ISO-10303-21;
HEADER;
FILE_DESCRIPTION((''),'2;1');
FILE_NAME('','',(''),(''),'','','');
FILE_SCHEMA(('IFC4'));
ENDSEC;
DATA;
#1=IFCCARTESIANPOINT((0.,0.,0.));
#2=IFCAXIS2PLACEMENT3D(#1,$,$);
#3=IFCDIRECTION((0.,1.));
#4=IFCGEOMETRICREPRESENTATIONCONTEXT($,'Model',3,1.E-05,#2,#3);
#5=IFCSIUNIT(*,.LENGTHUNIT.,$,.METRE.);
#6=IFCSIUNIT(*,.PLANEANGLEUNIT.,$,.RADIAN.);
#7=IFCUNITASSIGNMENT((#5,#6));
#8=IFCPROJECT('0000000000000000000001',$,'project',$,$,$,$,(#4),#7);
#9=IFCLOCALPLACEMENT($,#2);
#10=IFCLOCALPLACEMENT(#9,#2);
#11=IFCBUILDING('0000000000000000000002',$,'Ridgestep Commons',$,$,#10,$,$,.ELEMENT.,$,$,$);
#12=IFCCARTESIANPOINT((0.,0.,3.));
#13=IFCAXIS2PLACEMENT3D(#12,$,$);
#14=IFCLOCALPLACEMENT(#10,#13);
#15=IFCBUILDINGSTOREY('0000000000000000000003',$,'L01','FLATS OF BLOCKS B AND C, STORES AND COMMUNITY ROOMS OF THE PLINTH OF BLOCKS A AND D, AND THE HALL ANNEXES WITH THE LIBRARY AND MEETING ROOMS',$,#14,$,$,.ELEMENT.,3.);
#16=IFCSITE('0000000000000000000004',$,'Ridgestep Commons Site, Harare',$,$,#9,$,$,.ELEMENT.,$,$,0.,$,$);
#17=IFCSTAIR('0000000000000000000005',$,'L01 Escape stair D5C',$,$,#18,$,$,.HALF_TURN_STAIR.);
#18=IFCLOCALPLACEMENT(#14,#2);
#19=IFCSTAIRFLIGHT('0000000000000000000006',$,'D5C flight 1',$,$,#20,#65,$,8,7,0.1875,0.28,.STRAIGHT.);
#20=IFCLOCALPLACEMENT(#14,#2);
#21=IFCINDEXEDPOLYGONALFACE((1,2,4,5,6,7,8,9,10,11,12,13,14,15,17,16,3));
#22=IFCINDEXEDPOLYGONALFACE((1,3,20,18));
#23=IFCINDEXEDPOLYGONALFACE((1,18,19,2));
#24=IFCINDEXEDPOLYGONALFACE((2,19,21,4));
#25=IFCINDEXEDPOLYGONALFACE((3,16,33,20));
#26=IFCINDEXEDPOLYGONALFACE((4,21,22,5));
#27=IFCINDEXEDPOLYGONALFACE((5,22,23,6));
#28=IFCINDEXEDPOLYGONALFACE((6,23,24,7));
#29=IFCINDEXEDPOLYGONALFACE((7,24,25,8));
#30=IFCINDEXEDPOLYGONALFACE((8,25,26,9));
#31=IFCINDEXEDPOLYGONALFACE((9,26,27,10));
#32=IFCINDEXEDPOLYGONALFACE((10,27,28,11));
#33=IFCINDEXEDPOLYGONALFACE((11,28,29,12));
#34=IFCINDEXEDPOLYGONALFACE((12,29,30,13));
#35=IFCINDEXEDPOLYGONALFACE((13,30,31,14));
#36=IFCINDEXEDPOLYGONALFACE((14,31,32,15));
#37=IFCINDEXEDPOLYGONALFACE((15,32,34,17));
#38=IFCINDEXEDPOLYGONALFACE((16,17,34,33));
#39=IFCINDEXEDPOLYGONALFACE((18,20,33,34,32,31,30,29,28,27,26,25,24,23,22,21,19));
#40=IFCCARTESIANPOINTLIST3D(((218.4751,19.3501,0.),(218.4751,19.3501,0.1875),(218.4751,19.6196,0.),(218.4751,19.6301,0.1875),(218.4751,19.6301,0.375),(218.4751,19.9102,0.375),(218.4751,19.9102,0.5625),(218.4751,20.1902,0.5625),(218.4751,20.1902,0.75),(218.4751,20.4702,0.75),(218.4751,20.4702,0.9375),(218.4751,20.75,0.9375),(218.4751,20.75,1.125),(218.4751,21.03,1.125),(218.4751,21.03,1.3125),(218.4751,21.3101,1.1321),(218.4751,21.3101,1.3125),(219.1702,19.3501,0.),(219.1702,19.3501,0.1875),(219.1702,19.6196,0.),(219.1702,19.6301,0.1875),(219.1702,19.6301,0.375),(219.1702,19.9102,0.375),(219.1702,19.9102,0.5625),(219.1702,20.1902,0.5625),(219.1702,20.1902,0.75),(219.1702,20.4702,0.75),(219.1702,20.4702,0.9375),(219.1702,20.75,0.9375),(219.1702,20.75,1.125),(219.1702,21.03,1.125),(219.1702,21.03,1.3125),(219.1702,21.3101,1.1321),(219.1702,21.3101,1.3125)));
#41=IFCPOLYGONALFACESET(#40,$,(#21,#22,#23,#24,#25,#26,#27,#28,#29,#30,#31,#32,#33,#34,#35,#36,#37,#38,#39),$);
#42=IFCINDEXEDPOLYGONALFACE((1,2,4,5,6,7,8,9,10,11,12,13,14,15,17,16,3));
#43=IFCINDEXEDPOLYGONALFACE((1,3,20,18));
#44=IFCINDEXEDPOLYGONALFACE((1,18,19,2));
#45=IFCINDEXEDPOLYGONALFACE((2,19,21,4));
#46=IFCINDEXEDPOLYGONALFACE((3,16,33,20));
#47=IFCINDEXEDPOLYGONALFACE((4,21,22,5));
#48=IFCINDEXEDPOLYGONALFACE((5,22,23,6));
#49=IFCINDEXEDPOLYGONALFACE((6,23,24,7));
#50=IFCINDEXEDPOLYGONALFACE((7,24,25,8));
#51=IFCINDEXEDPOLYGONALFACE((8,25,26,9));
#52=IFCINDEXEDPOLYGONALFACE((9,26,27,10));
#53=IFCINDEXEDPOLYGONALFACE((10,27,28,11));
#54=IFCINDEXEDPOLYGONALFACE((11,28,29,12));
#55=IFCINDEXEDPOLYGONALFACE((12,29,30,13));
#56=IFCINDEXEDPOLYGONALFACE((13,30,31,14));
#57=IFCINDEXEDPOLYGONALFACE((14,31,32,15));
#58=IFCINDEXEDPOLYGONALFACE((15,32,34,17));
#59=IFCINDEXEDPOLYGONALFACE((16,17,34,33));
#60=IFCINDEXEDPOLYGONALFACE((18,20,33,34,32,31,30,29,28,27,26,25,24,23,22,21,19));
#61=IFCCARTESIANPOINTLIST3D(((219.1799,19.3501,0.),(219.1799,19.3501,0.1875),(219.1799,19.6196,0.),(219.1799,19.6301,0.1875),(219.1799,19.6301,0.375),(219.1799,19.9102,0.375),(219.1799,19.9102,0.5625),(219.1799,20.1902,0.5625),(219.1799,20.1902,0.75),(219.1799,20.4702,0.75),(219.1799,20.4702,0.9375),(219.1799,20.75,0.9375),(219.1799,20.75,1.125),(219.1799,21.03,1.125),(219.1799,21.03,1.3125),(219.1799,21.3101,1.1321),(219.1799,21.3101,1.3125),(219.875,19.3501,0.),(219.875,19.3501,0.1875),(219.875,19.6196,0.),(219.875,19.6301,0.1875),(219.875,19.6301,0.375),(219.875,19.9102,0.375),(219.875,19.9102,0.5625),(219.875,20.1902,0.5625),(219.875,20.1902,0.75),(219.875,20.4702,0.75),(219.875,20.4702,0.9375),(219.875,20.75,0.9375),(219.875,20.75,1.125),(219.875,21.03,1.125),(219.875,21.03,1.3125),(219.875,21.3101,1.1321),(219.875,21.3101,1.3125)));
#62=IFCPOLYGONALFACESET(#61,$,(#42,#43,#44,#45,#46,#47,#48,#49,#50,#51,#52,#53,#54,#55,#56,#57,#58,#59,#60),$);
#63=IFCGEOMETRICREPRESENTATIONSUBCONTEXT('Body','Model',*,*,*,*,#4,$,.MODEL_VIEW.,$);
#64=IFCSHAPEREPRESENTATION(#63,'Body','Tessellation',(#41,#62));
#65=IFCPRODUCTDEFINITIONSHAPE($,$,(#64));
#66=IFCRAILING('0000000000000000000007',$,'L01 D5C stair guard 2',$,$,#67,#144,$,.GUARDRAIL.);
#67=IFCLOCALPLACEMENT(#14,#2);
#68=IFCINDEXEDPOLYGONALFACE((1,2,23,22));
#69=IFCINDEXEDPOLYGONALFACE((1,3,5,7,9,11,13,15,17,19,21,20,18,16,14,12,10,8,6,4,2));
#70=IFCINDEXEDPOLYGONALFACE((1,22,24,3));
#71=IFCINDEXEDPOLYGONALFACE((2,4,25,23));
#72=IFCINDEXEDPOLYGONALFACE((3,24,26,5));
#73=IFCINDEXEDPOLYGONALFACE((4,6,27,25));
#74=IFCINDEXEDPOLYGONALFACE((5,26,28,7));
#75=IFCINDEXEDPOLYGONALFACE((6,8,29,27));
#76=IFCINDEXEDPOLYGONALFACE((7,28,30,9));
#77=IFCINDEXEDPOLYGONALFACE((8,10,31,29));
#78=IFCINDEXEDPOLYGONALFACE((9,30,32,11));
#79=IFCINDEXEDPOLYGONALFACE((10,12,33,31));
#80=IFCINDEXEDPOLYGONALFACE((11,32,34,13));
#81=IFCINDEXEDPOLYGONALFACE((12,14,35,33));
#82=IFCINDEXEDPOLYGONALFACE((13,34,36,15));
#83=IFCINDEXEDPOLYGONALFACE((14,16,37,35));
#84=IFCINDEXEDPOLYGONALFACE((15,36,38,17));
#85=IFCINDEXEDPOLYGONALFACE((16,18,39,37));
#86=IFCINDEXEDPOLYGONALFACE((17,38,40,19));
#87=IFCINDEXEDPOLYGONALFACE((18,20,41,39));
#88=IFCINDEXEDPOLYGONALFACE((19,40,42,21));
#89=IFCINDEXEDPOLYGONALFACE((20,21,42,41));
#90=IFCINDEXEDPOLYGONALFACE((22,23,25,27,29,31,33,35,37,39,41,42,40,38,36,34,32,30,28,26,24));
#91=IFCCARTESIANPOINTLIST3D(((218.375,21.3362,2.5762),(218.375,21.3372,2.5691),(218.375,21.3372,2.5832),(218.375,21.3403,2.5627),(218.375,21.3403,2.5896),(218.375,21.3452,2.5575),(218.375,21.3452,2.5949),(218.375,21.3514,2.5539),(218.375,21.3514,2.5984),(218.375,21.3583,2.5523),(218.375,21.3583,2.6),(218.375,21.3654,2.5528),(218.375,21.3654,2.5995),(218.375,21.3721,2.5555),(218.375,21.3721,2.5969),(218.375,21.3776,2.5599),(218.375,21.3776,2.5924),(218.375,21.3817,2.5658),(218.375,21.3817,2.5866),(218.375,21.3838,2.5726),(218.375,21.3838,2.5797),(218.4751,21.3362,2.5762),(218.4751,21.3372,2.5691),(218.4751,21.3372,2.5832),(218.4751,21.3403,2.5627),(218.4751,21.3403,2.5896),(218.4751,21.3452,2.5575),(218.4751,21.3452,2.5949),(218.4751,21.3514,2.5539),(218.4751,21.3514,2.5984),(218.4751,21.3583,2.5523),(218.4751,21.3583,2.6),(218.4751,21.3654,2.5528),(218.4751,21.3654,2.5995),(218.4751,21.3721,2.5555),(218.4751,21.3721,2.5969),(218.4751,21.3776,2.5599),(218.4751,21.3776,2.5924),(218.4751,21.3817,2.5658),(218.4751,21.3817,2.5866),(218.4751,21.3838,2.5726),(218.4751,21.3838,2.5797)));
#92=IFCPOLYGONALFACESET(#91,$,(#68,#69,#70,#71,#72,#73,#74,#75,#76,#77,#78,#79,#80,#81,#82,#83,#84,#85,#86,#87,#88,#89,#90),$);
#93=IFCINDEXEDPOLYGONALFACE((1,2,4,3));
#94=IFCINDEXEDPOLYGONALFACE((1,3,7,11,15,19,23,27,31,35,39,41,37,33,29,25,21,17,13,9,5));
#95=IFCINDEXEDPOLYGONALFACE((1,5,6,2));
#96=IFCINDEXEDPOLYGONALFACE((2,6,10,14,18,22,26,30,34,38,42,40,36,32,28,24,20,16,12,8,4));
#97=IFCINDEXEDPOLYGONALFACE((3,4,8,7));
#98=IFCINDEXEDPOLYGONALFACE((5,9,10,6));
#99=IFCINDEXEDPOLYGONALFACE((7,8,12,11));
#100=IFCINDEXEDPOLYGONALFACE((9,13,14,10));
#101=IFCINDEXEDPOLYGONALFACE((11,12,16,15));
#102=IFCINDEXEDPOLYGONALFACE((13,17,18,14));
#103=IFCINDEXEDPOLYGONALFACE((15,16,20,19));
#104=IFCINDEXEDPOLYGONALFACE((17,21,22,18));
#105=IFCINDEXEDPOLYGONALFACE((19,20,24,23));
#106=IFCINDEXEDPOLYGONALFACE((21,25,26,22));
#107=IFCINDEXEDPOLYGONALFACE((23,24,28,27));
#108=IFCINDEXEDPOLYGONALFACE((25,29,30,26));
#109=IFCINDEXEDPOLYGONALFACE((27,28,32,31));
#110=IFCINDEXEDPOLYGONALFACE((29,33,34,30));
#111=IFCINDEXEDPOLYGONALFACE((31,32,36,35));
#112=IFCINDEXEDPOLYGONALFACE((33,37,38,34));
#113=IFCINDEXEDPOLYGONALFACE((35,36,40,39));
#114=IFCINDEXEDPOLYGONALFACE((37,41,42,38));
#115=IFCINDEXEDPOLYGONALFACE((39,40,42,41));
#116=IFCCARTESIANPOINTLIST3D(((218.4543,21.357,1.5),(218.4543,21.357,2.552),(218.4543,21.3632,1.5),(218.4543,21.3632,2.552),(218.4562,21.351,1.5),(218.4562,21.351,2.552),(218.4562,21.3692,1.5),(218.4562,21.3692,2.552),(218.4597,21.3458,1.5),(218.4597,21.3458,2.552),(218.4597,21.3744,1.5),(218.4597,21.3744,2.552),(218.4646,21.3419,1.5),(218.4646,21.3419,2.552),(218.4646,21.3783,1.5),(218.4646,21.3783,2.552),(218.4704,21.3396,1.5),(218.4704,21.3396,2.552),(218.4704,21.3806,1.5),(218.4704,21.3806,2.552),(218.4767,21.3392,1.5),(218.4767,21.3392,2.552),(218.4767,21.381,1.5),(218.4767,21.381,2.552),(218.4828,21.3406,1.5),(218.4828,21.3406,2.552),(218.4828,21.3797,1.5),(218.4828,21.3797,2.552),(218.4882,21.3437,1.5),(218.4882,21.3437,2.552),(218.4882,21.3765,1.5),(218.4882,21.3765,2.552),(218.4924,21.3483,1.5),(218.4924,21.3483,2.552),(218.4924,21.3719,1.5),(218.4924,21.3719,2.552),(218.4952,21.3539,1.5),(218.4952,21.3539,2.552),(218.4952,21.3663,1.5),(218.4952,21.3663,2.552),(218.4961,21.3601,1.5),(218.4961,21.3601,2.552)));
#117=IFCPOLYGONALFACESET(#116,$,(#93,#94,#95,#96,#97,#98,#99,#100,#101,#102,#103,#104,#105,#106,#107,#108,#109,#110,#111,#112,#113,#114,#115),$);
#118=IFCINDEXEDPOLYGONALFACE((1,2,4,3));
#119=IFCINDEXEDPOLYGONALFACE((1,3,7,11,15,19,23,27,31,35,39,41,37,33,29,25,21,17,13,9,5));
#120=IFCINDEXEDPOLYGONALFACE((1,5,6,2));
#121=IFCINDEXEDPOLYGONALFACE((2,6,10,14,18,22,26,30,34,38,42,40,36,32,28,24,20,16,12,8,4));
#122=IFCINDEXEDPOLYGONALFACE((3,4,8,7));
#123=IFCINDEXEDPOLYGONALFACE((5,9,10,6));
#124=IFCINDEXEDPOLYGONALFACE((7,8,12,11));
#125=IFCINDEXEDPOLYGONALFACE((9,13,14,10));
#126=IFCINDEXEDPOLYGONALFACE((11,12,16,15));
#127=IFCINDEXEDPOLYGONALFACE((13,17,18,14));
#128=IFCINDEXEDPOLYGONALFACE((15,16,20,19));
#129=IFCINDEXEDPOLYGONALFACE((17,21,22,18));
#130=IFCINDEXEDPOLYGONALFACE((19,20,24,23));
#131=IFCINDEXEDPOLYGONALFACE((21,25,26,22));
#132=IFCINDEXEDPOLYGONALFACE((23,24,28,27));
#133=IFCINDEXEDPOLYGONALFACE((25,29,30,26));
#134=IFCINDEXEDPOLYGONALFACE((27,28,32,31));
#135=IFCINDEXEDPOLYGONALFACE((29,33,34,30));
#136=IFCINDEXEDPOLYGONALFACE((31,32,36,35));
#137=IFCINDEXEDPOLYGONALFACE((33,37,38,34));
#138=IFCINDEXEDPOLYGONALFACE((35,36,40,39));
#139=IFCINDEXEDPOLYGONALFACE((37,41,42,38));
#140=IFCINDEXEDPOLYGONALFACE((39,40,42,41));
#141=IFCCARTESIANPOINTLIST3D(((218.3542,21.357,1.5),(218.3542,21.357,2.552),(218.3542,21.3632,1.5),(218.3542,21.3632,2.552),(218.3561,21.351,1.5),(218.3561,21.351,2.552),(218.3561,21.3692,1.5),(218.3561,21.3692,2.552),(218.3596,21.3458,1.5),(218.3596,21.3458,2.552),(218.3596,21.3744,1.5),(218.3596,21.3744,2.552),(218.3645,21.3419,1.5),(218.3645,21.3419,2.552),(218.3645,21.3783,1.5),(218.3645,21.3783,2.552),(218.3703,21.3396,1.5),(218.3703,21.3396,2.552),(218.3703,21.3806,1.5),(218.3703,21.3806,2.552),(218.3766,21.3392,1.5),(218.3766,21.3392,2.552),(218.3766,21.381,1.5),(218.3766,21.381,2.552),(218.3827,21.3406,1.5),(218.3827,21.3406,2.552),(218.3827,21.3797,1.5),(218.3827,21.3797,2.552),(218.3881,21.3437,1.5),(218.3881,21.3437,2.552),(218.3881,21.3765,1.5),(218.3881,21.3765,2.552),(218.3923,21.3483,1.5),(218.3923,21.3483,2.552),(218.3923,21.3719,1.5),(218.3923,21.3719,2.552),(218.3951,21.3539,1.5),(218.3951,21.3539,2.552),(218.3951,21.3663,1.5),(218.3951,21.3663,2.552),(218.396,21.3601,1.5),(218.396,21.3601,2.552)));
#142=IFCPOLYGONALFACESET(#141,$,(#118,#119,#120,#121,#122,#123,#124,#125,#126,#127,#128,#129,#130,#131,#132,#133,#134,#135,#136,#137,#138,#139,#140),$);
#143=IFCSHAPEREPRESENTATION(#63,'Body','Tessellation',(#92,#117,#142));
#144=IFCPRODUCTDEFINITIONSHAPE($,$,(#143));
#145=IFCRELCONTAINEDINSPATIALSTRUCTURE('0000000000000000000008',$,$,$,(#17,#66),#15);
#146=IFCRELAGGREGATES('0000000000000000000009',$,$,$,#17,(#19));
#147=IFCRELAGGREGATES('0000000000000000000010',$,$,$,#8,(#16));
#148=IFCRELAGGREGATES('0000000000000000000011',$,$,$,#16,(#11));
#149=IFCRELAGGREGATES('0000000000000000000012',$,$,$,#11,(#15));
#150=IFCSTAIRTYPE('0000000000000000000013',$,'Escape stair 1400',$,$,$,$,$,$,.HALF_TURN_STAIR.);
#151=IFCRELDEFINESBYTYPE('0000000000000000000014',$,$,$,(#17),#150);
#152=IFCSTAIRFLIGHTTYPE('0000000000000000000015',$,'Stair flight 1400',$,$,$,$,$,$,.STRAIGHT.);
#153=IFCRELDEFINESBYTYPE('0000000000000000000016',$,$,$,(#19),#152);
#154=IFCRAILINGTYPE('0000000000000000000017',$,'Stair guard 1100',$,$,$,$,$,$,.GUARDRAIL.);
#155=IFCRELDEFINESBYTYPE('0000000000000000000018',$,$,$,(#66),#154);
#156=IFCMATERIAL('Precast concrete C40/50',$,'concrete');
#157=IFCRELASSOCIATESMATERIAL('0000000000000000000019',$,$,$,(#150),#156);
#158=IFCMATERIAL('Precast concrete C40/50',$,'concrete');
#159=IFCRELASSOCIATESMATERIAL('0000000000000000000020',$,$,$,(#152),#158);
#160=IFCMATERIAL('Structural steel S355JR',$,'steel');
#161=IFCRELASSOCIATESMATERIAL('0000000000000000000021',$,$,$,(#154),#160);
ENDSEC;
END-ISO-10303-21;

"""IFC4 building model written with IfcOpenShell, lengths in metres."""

from ifc_helpers import new_model, si_unit, direction, frame, origin, origin_2d, place, context, subcontext, project, spatial, polyline, circle, outline, extrude, material, type_object, element, aggregate, save


model = new_model("IFC4")

# Units and contexts
model_context = context("Model", 3, precision=1e-05, world=origin(), true_north=direction((0.0, 1.0)))
body_context = subcontext(model_context, "Body", "Model", "MODEL_VIEW")
ifc_project = project(units=[si_unit("LENGTHUNIT", "METRE"), si_unit("PLANEANGLEUNIT", "RADIAN")], contexts=[model_context])

# Site, building, storey
site_placement = place(None, origin())
site = spatial("IfcSite", under=ifc_project, at=site_placement, Name="Ridgestep Commons Site, Harare", CompositionType="ELEMENT", RefElevation=0.0)
building_placement = place(site_placement, origin())
building = spatial("IfcBuilding", under=site, at=building_placement, Name="Ridgestep Commons", CompositionType="ELEMENT")
storey_placement = place(building_placement, frame((0.0, 0.0, 3.0)))
storey = spatial("IfcBuildingStorey", under=building, at=storey_placement, Name="L01", Description="FLATS OF BLOCKS B AND C, STORES AND COMMUNITY ROOMS OF THE PLINTH OF BLOCKS A AND D, AND THE HALL ANNEXES WITH THE LIBRARY AND MEETING ROOMS", CompositionType="ELEMENT", Elevation=3.0)

# Stair, stair flight
ifc_material_1 = material(Name="Precast concrete C40/50", Category="concrete")
stair_type = type_object("IfcStairType", Name="Escape stair 1400", PredefinedType="HALF_TURN_STAIR", material=ifc_material_1)
stair_placement = place(storey_placement, origin())
stair = element("IfcStair", 1, at=stair_placement, inside=storey, type_object=stair_type, Name="L01 Escape stair D5C", PredefinedType="HALF_TURN_STAIR")
ifc_material_2 = material(Name="Precast concrete C40/50", Category="concrete")
stair_flight_type = type_object("IfcStairFlightType", Name="Stair flight 1400", PredefinedType="STRAIGHT", material=ifc_material_2)
stair_flight_placement = place(storey_placement, frame((219.175, 19.3501, 0.0), z_axis=(0.0, 0.0, 1.0), x_axis=(0.0, 1.0, 0.0)))
stair_flight = element("IfcStairFlight", 2, at=stair_flight_placement, type_object=stair_flight_type, Name="D5C flight 1", NumberOfRisers=8, NumberOfTreads=7, PredefinedType="STRAIGHT", RiserHeight=0.1875, TreadLength=0.28, context=body_context, shape_type="SweptSolid", body=[
    extrude(outline(polyline([(0.0, 0.0), (0.0, 0.1875), (0.28, 0.1875), (0.28, 0.375), (0.5601, 0.375), (0.5601, 0.5625), (0.8401, 0.5625), (0.8401, 0.75), (1.1201, 0.75), (1.1201, 0.9375), (1.3999, 0.9375), (1.3999, 1.125), (1.6799, 1.125), (1.6799, 1.3125), (1.96, 1.3125), (1.96, 1.5), (1.96, 1.1321), (0.2695, 0.0), (0.0, 0.0)])), frame((0.0, 0.7, 0.0), z_axis=(0.0, -1.0, 0.0), x_axis=(1.0, 0.0, 0.0)), (0.0, 0.0, 1.0), 0.6951),
    extrude(outline(polyline([(0.0, 0.0), (0.0, 0.1875), (0.28, 0.1875), (0.28, 0.375), (0.5601, 0.375), (0.5601, 0.5625), (0.8401, 0.5625), (0.8401, 0.75), (1.1201, 0.75), (1.1201, 0.9375), (1.3999, 0.9375), (1.3999, 1.125), (1.6799, 1.125), (1.6799, 1.3125), (1.96, 1.3125), (1.96, 1.5), (1.96, 1.1321), (0.2695, 0.0), (0.0, 0.0)])), frame((0.0, -0.0049, 0.0), z_axis=(0.0, -1.0, 0.0), x_axis=(1.0, 0.0, 0.0)), (0.0, 0.0, 1.0), 0.6951),
])
aggregate(stair, [stair_flight])

# Railing
ifc_material_3 = material(Name="Structural steel S355JR", Category="steel")
railing_type_1 = type_object("IfcRailingType", Name="Stair guard 1100", PredefinedType="GUARDRAIL", material=ifc_material_3)
railing_1_placement = place(storey_placement, frame((218.4751, 21.3601, 1.5)))
element("IfcRailing", 3, at=railing_1_placement, inside=storey, type_object=railing_type_1, Name="L01 D5C stair guard 2", PredefinedType="GUARDRAIL", context=body_context, shape_type="SweptSolid", body=[
    extrude(circle(Radius=0.0239, at=origin_2d()), frame((0.0, 0.0, 1.0762), z_axis=(-1.0, 0.0, 0.0), x_axis=(0.0, -1.0, 0.0)), (0.0, 0.0, 1.0), 0.1001),
    extrude(circle(Radius=0.021, at=origin_2d()), origin(), (0.0, 0.0, 1.0), 1.052),
    extrude(circle(Radius=0.021, at=origin_2d()), frame((-0.1001, 0.0, 0.0)), (0.0, 0.0, 1.0), 1.052),
])

save(model, "model.ifc")
